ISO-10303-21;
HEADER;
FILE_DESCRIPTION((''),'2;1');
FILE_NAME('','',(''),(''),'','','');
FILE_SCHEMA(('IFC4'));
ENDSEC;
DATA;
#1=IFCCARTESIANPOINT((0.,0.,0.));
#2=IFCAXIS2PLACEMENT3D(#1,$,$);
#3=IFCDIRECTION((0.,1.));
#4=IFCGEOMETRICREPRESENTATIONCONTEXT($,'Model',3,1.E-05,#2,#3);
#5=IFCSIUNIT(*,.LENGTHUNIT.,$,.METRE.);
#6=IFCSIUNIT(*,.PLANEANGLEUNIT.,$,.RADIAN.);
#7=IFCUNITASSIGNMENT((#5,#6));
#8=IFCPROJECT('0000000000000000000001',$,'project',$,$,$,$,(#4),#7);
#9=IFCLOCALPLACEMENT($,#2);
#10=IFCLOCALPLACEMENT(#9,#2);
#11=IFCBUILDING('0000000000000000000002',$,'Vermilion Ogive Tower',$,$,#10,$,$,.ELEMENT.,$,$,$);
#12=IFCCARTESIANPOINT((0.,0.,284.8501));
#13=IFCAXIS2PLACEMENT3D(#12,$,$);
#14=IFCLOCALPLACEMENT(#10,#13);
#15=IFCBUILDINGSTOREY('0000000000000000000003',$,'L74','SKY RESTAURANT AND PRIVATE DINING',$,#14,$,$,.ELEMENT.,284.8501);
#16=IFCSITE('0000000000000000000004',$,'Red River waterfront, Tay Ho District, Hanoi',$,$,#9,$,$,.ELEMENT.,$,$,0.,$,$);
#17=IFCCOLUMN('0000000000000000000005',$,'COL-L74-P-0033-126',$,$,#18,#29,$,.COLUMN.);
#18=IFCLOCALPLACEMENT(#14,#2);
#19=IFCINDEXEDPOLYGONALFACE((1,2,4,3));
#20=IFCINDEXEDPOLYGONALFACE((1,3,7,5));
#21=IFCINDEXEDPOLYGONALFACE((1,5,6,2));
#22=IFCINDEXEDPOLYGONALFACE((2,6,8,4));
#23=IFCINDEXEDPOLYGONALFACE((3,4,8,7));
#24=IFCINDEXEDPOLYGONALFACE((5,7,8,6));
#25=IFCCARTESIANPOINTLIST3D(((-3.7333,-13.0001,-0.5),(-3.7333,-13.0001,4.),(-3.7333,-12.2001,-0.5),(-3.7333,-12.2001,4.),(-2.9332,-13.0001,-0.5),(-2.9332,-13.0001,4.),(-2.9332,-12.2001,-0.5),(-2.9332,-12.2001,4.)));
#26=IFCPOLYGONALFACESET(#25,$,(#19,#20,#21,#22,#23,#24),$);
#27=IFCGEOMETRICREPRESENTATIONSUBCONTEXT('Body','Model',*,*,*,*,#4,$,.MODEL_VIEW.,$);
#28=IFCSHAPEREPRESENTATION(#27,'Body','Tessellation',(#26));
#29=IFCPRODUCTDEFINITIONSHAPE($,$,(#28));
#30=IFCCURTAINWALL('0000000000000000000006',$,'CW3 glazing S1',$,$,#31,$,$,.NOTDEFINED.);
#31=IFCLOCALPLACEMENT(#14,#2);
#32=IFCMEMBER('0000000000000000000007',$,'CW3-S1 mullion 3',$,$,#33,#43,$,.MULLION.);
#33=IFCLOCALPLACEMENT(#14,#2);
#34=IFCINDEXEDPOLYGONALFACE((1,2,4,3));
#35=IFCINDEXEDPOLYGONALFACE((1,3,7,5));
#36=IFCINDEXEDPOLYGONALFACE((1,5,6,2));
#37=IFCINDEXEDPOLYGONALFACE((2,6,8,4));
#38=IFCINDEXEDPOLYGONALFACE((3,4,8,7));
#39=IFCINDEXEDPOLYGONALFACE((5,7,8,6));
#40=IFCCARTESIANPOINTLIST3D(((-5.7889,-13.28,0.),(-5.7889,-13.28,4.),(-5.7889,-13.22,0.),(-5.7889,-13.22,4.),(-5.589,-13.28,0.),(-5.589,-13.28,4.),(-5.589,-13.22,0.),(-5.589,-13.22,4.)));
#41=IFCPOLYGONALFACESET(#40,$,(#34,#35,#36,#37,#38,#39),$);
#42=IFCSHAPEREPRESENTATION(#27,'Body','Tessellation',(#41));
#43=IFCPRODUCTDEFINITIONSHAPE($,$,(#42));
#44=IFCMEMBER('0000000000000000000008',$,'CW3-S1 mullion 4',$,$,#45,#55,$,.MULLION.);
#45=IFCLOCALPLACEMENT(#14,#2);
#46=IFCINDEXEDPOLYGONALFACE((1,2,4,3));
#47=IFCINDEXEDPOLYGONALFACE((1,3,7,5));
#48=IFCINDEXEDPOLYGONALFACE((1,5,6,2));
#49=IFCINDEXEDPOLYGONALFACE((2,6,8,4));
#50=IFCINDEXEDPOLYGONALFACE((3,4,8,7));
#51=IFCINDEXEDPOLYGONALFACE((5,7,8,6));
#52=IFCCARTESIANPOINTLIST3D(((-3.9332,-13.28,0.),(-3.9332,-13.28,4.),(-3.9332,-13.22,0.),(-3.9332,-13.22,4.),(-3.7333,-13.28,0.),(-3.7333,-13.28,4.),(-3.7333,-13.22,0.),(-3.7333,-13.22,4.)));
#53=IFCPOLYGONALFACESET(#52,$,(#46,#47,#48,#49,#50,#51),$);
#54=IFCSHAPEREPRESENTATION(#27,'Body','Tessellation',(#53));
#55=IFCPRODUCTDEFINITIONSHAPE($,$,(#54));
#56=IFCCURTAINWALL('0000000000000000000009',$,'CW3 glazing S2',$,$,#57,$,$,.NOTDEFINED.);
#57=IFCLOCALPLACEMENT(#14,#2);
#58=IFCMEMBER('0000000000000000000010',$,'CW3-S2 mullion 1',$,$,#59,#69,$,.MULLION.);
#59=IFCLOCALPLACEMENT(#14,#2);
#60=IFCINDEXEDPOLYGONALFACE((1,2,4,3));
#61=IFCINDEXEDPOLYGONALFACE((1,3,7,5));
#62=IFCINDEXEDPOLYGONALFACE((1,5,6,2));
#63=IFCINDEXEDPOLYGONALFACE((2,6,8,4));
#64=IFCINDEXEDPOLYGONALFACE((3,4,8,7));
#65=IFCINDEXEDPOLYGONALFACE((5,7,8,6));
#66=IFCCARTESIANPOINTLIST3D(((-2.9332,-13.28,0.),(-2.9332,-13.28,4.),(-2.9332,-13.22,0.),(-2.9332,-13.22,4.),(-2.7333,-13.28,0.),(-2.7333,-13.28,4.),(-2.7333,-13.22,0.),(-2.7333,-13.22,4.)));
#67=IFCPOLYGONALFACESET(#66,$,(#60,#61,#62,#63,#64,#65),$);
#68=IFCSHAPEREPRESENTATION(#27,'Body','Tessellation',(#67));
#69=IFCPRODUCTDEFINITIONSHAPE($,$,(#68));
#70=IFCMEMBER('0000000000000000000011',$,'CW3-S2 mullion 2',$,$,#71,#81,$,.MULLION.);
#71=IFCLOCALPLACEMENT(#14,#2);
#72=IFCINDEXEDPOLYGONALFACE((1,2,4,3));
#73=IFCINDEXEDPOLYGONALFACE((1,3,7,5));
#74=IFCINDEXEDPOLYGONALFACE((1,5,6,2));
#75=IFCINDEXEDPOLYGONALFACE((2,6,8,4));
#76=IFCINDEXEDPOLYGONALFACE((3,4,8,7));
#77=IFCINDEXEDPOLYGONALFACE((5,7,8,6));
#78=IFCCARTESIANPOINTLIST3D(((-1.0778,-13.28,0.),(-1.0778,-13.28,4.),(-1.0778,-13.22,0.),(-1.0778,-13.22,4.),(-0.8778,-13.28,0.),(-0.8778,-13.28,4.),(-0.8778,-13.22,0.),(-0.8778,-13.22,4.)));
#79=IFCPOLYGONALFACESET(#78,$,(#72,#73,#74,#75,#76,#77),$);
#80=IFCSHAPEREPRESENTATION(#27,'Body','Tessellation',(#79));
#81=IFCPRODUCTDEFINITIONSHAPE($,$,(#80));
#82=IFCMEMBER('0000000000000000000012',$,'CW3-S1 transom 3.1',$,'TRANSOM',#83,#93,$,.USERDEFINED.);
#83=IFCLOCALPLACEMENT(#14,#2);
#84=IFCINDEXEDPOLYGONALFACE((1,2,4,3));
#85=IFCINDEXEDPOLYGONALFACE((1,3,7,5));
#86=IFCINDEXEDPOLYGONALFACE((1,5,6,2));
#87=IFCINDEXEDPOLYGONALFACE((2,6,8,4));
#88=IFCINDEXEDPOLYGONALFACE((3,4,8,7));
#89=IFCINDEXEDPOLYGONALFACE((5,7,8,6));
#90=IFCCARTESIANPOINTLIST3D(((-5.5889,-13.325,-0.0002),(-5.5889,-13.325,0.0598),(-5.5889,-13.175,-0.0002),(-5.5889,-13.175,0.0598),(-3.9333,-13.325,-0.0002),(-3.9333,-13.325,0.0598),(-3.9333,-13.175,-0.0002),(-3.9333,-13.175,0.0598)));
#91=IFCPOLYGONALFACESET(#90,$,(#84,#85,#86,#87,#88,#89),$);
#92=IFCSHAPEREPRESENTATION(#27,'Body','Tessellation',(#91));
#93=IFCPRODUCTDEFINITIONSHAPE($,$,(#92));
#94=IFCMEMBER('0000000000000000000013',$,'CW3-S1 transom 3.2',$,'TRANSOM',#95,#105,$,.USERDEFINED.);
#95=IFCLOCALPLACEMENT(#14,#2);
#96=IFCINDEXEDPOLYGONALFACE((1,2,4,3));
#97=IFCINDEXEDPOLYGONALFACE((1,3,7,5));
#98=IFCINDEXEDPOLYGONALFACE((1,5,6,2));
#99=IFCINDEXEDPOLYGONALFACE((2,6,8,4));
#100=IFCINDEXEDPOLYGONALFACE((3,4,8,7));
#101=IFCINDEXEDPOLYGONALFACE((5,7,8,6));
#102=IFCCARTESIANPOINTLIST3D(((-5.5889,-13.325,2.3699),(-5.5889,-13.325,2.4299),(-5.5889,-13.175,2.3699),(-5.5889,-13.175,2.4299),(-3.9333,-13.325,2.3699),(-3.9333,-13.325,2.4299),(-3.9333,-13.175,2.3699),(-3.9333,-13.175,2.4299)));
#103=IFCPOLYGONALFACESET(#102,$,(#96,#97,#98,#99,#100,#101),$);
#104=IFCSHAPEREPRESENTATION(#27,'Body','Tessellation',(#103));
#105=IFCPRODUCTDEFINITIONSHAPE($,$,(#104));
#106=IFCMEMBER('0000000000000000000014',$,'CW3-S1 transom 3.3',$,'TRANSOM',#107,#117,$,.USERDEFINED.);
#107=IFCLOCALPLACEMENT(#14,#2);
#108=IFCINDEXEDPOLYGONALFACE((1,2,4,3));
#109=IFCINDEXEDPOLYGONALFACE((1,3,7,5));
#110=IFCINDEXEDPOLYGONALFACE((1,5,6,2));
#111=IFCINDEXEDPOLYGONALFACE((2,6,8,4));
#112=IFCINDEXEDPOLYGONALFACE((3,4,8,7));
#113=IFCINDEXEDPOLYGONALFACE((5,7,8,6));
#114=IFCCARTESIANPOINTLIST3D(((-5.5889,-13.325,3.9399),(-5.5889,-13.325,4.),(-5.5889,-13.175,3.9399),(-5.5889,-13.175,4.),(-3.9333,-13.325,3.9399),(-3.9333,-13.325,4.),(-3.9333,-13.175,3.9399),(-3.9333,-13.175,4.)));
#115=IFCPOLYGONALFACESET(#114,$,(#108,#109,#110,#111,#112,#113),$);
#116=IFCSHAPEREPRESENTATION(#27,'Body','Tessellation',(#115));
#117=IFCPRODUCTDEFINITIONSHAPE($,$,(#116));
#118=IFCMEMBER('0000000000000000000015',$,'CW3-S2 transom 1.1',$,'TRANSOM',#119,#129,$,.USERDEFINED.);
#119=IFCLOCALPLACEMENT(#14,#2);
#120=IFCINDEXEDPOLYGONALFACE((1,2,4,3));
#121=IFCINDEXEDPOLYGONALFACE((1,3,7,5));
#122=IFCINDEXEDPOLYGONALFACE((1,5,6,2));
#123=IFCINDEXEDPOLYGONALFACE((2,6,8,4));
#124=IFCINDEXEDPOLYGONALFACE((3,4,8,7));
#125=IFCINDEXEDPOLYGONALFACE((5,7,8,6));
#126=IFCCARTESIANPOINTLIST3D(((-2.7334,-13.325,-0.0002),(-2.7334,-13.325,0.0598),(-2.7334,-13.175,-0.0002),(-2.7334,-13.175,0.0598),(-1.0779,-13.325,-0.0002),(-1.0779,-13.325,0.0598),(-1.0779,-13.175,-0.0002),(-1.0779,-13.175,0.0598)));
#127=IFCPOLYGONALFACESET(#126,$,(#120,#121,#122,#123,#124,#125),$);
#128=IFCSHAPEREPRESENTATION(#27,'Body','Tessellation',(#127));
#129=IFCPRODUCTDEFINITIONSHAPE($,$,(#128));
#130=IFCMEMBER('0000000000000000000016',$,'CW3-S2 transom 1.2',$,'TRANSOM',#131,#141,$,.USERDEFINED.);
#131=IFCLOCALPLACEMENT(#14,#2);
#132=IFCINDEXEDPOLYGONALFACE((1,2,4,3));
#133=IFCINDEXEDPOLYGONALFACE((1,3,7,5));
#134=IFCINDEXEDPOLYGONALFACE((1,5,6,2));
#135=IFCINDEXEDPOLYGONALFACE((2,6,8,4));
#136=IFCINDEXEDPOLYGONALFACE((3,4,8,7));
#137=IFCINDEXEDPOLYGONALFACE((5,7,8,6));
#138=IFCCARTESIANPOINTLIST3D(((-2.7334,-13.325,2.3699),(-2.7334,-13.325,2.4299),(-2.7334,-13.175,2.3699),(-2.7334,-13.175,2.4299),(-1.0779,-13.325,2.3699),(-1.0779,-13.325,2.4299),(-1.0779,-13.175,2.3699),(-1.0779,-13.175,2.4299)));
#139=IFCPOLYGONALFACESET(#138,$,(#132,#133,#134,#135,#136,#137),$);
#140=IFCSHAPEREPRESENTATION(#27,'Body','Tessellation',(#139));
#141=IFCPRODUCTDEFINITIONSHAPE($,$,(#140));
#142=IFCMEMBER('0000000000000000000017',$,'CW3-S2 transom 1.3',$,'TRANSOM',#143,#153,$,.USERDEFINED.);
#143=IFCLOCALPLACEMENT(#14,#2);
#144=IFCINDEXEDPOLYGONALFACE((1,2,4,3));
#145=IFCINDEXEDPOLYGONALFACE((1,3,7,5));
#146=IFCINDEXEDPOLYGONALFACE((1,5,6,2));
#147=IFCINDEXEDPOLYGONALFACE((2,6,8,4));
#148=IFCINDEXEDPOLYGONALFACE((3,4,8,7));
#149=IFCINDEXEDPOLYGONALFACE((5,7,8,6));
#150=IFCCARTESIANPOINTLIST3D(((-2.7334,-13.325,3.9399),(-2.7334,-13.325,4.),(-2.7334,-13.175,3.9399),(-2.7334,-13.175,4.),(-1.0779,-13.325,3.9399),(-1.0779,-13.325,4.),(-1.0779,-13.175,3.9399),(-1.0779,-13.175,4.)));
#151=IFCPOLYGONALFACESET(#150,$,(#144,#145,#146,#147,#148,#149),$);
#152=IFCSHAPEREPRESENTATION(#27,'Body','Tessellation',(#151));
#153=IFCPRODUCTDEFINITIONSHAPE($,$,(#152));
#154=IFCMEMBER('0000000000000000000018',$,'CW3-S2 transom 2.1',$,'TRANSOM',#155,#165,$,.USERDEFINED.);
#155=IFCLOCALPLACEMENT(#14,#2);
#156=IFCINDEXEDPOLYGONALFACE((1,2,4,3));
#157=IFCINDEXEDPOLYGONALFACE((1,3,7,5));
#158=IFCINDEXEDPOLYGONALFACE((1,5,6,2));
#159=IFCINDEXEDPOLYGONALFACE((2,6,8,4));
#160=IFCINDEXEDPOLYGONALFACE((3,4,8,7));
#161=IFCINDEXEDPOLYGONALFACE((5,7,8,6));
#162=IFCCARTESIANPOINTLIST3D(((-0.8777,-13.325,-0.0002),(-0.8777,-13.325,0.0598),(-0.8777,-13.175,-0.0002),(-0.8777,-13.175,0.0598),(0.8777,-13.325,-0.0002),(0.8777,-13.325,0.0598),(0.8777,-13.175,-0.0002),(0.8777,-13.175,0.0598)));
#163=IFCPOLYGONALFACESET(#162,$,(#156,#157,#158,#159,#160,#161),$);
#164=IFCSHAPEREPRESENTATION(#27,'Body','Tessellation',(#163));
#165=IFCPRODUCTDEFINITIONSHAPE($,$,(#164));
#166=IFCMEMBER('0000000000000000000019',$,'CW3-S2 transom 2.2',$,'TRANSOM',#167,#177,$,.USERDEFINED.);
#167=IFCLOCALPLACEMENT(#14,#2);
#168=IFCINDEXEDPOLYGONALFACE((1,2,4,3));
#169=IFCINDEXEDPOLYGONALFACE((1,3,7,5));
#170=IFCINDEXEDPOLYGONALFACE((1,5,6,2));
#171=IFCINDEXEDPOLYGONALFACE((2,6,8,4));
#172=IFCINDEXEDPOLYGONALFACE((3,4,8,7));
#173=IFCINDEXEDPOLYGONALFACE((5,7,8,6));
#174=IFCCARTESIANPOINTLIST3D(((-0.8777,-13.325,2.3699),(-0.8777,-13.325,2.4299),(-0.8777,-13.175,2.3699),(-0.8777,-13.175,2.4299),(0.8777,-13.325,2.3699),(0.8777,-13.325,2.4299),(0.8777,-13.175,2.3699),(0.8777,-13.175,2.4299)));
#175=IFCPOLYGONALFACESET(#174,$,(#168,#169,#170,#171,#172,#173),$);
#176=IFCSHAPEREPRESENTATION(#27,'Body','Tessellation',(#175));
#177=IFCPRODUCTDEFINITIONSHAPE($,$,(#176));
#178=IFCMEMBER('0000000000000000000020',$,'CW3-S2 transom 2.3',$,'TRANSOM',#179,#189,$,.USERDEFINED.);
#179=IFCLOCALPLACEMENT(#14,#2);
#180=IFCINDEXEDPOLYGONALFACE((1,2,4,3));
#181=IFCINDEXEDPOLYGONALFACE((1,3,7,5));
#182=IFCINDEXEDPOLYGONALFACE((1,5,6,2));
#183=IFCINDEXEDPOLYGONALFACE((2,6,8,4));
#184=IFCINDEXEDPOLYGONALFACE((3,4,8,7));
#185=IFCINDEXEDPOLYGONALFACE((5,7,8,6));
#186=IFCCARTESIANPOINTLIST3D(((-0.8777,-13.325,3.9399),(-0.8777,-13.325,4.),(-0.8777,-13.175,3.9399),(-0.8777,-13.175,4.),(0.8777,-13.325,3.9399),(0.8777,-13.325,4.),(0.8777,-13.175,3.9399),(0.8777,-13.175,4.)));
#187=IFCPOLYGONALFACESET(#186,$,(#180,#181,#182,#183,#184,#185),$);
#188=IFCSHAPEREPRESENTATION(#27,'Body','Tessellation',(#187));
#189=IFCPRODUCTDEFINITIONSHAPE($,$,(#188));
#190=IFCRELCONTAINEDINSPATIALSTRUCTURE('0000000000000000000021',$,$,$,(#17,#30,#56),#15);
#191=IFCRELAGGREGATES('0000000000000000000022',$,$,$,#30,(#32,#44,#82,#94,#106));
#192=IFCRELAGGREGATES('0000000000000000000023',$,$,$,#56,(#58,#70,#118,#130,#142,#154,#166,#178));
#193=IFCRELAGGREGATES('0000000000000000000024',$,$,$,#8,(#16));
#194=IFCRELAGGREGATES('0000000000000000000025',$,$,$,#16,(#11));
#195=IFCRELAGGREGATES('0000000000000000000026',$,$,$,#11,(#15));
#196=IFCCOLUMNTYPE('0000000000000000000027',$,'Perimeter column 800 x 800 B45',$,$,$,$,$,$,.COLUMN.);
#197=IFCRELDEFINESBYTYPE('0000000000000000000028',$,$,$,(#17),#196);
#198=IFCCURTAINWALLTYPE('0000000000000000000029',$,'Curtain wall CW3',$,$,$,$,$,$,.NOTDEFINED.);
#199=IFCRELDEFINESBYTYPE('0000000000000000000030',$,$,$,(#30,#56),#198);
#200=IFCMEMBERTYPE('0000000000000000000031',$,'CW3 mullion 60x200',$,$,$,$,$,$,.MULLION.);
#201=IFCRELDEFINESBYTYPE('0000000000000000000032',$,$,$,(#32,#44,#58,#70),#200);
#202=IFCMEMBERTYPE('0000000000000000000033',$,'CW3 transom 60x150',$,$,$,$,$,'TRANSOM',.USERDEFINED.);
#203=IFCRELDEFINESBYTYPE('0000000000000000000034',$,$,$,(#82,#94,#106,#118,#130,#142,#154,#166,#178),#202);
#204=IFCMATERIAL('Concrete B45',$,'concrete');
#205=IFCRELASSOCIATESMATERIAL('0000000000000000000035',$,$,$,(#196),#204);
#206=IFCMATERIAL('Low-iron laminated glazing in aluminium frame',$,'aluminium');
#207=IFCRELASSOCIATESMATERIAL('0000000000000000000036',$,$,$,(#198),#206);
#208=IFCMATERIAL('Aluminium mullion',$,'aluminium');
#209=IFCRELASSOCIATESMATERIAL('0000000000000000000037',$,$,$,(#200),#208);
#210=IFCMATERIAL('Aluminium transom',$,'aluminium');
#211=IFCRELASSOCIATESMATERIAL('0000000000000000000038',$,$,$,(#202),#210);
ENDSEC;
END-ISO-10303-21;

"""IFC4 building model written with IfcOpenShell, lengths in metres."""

from ifc_helpers import new_model, si_unit, direction, frame, origin, origin_2d, place, context, subcontext, project, spatial, rectangle, extrude, material, material_profile, profile_set, type_object, element, aggregate, save


model = new_model("IFC4")

# Units and contexts
model_context = context("Model", 3, precision=1e-05, world=origin(), true_north=direction((0.0, 1.0)))
body_context = subcontext(model_context, "Body", "Model", "MODEL_VIEW")
ifc_project = project(units=[si_unit("LENGTHUNIT", "METRE"), si_unit("PLANEANGLEUNIT", "RADIAN")], contexts=[model_context])

# Site, building, storey
site_placement = place(None, origin())
site = spatial("IfcSite", under=ifc_project, at=site_placement, Name="Red River waterfront, Tay Ho District, Hanoi", CompositionType="ELEMENT", RefElevation=0.0)
building_placement = place(site_placement, origin())
building = spatial("IfcBuilding", under=site, at=building_placement, Name="Vermilion Ogive Tower", CompositionType="ELEMENT")
storey_placement = place(building_placement, frame((0.0, 0.0, 284.8501)))
storey = spatial("IfcBuildingStorey", under=building, at=storey_placement, Name="L74", Description="SKY RESTAURANT AND PRIVATE DINING", CompositionType="ELEMENT", Elevation=284.8501)

# Column
ifc_material_1 = material(Name="Concrete B45", Category="concrete")
ifc_material_profile_1 = material_profile(ifc_material_1, rectangle(XDim=0.8, YDim=0.8, at=origin_2d()), Name="800 x 800")
ifc_profile_set_1 = profile_set([ifc_material_profile_1], Name="Concrete B45")
column_type = type_object("IfcColumnType", Name="Perimeter column 800 x 800 B45", PredefinedType="COLUMN", material=ifc_profile_set_1)
column_placement = place(storey_placement, frame((-3.3333, -12.6001, -0.5), z_axis=(0.0, 0.0, 1.0), x_axis=(1.0, 0.0, 0.0)))
element("IfcColumn", 1, at=column_placement, inside=storey, type_object=column_type, Name="COL-L74-P-0033-126", PredefinedType="COLUMN", context=body_context, shape_type="SweptSolid", body=[
    extrude(rectangle(XDim=0.8, YDim=0.8, at=origin_2d()), origin(), (0.0, 0.0, 1.0), 4.5),
])

# Curtain walls, members
ifc_material_2 = material(Name="Low-iron laminated glazing in aluminium frame", Category="aluminium")
curtain_wall_type = type_object("IfcCurtainWallType", Name="Curtain wall CW3", PredefinedType="NOTDEFINED", material=ifc_material_2)
curtain_wall_1_placement = place(storey_placement, origin())
curtain_wall_1 = element("IfcCurtainWall", 2, at=curtain_wall_1_placement, inside=storey, type_object=curtain_wall_type, Name="CW3 glazing S1", PredefinedType="NOTDEFINED")
ifc_material_3 = material(Name="Aluminium mullion", Category="aluminium")
ifc_material_profile_2 = material_profile(ifc_material_3, rectangle(XDim=0.0601, YDim=0.2, at=origin_2d()), Name="AL 60x200")
ifc_profile_set_2 = profile_set([ifc_material_profile_2], Name="Aluminium mullion")
member_type_1 = type_object("IfcMemberType", Name="CW3 mullion 60x200", PredefinedType="MULLION", material=ifc_profile_set_2)
member_1_placement = place(storey_placement, frame((-5.689, -13.25, 0.0), z_axis=(0.0, 0.0, 1.0), x_axis=(0.0, 1.0, 0.0)))
member_1 = element("IfcMember", 3, at=member_1_placement, type_object=member_type_1, Name="CW3-S1 mullion 3", PredefinedType="MULLION", context=body_context, shape_type="SweptSolid", body=[
    extrude(rectangle(XDim=0.0601, YDim=0.2, at=origin_2d()), origin(), (0.0, 0.0, 1.0), 4.0),
])
member_2_placement = place(storey_placement, frame((-3.8333, -13.25, 0.0), z_axis=(0.0, 0.0, 1.0), x_axis=(0.0, 1.0, 0.0)))
member_2 = element("IfcMember", 4, at=member_2_placement, type_object=member_type_1, Name="CW3-S1 mullion 4", PredefinedType="MULLION", context=body_context, shape_type="SweptSolid", body=[
    extrude(rectangle(XDim=0.0601, YDim=0.2, at=origin_2d()), origin(), (0.0, 0.0, 1.0), 4.0),
])
curtain_wall_2_placement = place(storey_placement, origin())
curtain_wall_2 = element("IfcCurtainWall", 5, at=curtain_wall_2_placement, inside=storey, type_object=curtain_wall_type, Name="CW3 glazing S2", PredefinedType="NOTDEFINED")
member_3_placement = place(storey_placement, frame((-2.8333, -13.25, 0.0), z_axis=(0.0, 0.0, 1.0), x_axis=(0.0, 1.0, 0.0)))
member_3 = element("IfcMember", 6, at=member_3_placement, type_object=member_type_1, Name="CW3-S2 mullion 1", PredefinedType="MULLION", context=body_context, shape_type="SweptSolid", body=[
    extrude(rectangle(XDim=0.0601, YDim=0.2, at=origin_2d()), origin(), (0.0, 0.0, 1.0), 4.0),
])
member_4_placement = place(storey_placement, frame((-0.9778, -13.25, 0.0), z_axis=(0.0, 0.0, 1.0), x_axis=(0.0, 1.0, 0.0)))
member_4 = element("IfcMember", 7, at=member_4_placement, type_object=member_type_1, Name="CW3-S2 mullion 2", PredefinedType="MULLION", context=body_context, shape_type="SweptSolid", body=[
    extrude(rectangle(XDim=0.0601, YDim=0.2, at=origin_2d()), origin(), (0.0, 0.0, 1.0), 4.0),
])

# Members
ifc_material_4 = material(Name="Aluminium transom", Category="aluminium")
ifc_material_profile_3 = material_profile(ifc_material_4, rectangle(XDim=0.1499, YDim=0.0601, at=origin_2d()), Name="AL 60x150")
ifc_profile_set_3 = profile_set([ifc_material_profile_3], Name="Aluminium transom")
member_type_2 = type_object("IfcMemberType", Name="CW3 transom 60x150", ElementType="TRANSOM", PredefinedType="USERDEFINED", material=ifc_profile_set_3)
member_5_placement = place(storey_placement, frame((-5.5889, -13.25, 0.0298), z_axis=(1.0, 0.0, 0.0), x_axis=(0.0, 1.0, 0.0)))
member_5 = element("IfcMember", 8, at=member_5_placement, type_object=member_type_2, Name="CW3-S1 transom 3.1", ObjectType="TRANSOM", PredefinedType="USERDEFINED", context=body_context, shape_type="SweptSolid", body=[
    extrude(rectangle(XDim=0.1499, YDim=0.0601, at=origin_2d()), origin(), (0.0, 0.0, 1.0), 1.6555),
])
member_6_placement = place(storey_placement, frame((-5.5889, -13.25, 2.3999), z_axis=(1.0, 0.0, 0.0), x_axis=(0.0, 1.0, 0.0)))
member_6 = element("IfcMember", 9, at=member_6_placement, type_object=member_type_2, Name="CW3-S1 transom 3.2", ObjectType="TRANSOM", PredefinedType="USERDEFINED", context=body_context, shape_type="SweptSolid", body=[
    extrude(rectangle(XDim=0.1499, YDim=0.0601, at=origin_2d()), origin(), (0.0, 0.0, 1.0), 1.6555),
])
member_7_placement = place(storey_placement, frame((-5.5889, -13.25, 3.97), z_axis=(1.0, 0.0, 0.0), x_axis=(0.0, 1.0, 0.0)))
member_7 = element("IfcMember", 10, at=member_7_placement, type_object=member_type_2, Name="CW3-S1 transom 3.3", ObjectType="TRANSOM", PredefinedType="USERDEFINED", context=body_context, shape_type="SweptSolid", body=[
    extrude(rectangle(XDim=0.1499, YDim=0.0601, at=origin_2d()), origin(), (0.0, 0.0, 1.0), 1.6555),
])
member_8_placement = place(storey_placement, frame((-2.7334, -13.25, 0.0298), z_axis=(1.0, 0.0, 0.0), x_axis=(0.0, 1.0, 0.0)))
member_8 = element("IfcMember", 11, at=member_8_placement, type_object=member_type_2, Name="CW3-S2 transom 1.1", ObjectType="TRANSOM", PredefinedType="USERDEFINED", context=body_context, shape_type="SweptSolid", body=[
    extrude(rectangle(XDim=0.1499, YDim=0.0601, at=origin_2d()), origin(), (0.0, 0.0, 1.0), 1.6555),
])
member_9_placement = place(storey_placement, frame((-2.7334, -13.25, 2.3999), z_axis=(1.0, 0.0, 0.0), x_axis=(0.0, 1.0, 0.0)))
member_9 = element("IfcMember", 12, at=member_9_placement, type_object=member_type_2, Name="CW3-S2 transom 1.2", ObjectType="TRANSOM", PredefinedType="USERDEFINED", context=body_context, shape_type="SweptSolid", body=[
    extrude(rectangle(XDim=0.1499, YDim=0.0601, at=origin_2d()), origin(), (0.0, 0.0, 1.0), 1.6555),
])
member_10_placement = place(storey_placement, frame((-2.7334, -13.25, 3.97), z_axis=(1.0, 0.0, 0.0), x_axis=(0.0, 1.0, 0.0)))
member_10 = element("IfcMember", 13, at=member_10_placement, type_object=member_type_2, Name="CW3-S2 transom 1.3", ObjectType="TRANSOM", PredefinedType="USERDEFINED", context=body_context, shape_type="SweptSolid", body=[
    extrude(rectangle(XDim=0.1499, YDim=0.0601, at=origin_2d()), origin(), (0.0, 0.0, 1.0), 1.6555),
])
member_11_placement = place(storey_placement, frame((-0.8777, -13.25, 0.0298), z_axis=(1.0, 0.0, 0.0), x_axis=(0.0, 1.0, 0.0)))
member_11 = element("IfcMember", 14, at=member_11_placement, type_object=member_type_2, Name="CW3-S2 transom 2.1", ObjectType="TRANSOM", PredefinedType="USERDEFINED", context=body_context, shape_type="SweptSolid", body=[
    extrude(rectangle(XDim=0.1499, YDim=0.0601, at=origin_2d()), origin(), (0.0, 0.0, 1.0), 1.7554),
])
member_12_placement = place(storey_placement, frame((-0.8777, -13.25, 2.3999), z_axis=(1.0, 0.0, 0.0), x_axis=(0.0, 1.0, 0.0)))
member_12 = element("IfcMember", 15, at=member_12_placement, type_object=member_type_2, Name="CW3-S2 transom 2.2", ObjectType="TRANSOM", PredefinedType="USERDEFINED", context=body_context, shape_type="SweptSolid", body=[
    extrude(rectangle(XDim=0.1499, YDim=0.0601, at=origin_2d()), origin(), (0.0, 0.0, 1.0), 1.7554),
])
member_13_placement = place(storey_placement, frame((-0.8777, -13.25, 3.97), z_axis=(1.0, 0.0, 0.0), x_axis=(0.0, 1.0, 0.0)))
member_13 = element("IfcMember", 16, at=member_13_placement, type_object=member_type_2, Name="CW3-S2 transom 2.3", ObjectType="TRANSOM", PredefinedType="USERDEFINED", context=body_context, shape_type="SweptSolid", body=[
    extrude(rectangle(XDim=0.1499, YDim=0.0601, at=origin_2d()), origin(), (0.0, 0.0, 1.0), 1.7554),
])

aggregate(curtain_wall_1, [member_1, member_2, member_5, member_6, member_7])
aggregate(curtain_wall_2, [member_3, member_4, member_8, member_9, member_10, member_11, member_12, member_13])

save(model, "model.ifc")
